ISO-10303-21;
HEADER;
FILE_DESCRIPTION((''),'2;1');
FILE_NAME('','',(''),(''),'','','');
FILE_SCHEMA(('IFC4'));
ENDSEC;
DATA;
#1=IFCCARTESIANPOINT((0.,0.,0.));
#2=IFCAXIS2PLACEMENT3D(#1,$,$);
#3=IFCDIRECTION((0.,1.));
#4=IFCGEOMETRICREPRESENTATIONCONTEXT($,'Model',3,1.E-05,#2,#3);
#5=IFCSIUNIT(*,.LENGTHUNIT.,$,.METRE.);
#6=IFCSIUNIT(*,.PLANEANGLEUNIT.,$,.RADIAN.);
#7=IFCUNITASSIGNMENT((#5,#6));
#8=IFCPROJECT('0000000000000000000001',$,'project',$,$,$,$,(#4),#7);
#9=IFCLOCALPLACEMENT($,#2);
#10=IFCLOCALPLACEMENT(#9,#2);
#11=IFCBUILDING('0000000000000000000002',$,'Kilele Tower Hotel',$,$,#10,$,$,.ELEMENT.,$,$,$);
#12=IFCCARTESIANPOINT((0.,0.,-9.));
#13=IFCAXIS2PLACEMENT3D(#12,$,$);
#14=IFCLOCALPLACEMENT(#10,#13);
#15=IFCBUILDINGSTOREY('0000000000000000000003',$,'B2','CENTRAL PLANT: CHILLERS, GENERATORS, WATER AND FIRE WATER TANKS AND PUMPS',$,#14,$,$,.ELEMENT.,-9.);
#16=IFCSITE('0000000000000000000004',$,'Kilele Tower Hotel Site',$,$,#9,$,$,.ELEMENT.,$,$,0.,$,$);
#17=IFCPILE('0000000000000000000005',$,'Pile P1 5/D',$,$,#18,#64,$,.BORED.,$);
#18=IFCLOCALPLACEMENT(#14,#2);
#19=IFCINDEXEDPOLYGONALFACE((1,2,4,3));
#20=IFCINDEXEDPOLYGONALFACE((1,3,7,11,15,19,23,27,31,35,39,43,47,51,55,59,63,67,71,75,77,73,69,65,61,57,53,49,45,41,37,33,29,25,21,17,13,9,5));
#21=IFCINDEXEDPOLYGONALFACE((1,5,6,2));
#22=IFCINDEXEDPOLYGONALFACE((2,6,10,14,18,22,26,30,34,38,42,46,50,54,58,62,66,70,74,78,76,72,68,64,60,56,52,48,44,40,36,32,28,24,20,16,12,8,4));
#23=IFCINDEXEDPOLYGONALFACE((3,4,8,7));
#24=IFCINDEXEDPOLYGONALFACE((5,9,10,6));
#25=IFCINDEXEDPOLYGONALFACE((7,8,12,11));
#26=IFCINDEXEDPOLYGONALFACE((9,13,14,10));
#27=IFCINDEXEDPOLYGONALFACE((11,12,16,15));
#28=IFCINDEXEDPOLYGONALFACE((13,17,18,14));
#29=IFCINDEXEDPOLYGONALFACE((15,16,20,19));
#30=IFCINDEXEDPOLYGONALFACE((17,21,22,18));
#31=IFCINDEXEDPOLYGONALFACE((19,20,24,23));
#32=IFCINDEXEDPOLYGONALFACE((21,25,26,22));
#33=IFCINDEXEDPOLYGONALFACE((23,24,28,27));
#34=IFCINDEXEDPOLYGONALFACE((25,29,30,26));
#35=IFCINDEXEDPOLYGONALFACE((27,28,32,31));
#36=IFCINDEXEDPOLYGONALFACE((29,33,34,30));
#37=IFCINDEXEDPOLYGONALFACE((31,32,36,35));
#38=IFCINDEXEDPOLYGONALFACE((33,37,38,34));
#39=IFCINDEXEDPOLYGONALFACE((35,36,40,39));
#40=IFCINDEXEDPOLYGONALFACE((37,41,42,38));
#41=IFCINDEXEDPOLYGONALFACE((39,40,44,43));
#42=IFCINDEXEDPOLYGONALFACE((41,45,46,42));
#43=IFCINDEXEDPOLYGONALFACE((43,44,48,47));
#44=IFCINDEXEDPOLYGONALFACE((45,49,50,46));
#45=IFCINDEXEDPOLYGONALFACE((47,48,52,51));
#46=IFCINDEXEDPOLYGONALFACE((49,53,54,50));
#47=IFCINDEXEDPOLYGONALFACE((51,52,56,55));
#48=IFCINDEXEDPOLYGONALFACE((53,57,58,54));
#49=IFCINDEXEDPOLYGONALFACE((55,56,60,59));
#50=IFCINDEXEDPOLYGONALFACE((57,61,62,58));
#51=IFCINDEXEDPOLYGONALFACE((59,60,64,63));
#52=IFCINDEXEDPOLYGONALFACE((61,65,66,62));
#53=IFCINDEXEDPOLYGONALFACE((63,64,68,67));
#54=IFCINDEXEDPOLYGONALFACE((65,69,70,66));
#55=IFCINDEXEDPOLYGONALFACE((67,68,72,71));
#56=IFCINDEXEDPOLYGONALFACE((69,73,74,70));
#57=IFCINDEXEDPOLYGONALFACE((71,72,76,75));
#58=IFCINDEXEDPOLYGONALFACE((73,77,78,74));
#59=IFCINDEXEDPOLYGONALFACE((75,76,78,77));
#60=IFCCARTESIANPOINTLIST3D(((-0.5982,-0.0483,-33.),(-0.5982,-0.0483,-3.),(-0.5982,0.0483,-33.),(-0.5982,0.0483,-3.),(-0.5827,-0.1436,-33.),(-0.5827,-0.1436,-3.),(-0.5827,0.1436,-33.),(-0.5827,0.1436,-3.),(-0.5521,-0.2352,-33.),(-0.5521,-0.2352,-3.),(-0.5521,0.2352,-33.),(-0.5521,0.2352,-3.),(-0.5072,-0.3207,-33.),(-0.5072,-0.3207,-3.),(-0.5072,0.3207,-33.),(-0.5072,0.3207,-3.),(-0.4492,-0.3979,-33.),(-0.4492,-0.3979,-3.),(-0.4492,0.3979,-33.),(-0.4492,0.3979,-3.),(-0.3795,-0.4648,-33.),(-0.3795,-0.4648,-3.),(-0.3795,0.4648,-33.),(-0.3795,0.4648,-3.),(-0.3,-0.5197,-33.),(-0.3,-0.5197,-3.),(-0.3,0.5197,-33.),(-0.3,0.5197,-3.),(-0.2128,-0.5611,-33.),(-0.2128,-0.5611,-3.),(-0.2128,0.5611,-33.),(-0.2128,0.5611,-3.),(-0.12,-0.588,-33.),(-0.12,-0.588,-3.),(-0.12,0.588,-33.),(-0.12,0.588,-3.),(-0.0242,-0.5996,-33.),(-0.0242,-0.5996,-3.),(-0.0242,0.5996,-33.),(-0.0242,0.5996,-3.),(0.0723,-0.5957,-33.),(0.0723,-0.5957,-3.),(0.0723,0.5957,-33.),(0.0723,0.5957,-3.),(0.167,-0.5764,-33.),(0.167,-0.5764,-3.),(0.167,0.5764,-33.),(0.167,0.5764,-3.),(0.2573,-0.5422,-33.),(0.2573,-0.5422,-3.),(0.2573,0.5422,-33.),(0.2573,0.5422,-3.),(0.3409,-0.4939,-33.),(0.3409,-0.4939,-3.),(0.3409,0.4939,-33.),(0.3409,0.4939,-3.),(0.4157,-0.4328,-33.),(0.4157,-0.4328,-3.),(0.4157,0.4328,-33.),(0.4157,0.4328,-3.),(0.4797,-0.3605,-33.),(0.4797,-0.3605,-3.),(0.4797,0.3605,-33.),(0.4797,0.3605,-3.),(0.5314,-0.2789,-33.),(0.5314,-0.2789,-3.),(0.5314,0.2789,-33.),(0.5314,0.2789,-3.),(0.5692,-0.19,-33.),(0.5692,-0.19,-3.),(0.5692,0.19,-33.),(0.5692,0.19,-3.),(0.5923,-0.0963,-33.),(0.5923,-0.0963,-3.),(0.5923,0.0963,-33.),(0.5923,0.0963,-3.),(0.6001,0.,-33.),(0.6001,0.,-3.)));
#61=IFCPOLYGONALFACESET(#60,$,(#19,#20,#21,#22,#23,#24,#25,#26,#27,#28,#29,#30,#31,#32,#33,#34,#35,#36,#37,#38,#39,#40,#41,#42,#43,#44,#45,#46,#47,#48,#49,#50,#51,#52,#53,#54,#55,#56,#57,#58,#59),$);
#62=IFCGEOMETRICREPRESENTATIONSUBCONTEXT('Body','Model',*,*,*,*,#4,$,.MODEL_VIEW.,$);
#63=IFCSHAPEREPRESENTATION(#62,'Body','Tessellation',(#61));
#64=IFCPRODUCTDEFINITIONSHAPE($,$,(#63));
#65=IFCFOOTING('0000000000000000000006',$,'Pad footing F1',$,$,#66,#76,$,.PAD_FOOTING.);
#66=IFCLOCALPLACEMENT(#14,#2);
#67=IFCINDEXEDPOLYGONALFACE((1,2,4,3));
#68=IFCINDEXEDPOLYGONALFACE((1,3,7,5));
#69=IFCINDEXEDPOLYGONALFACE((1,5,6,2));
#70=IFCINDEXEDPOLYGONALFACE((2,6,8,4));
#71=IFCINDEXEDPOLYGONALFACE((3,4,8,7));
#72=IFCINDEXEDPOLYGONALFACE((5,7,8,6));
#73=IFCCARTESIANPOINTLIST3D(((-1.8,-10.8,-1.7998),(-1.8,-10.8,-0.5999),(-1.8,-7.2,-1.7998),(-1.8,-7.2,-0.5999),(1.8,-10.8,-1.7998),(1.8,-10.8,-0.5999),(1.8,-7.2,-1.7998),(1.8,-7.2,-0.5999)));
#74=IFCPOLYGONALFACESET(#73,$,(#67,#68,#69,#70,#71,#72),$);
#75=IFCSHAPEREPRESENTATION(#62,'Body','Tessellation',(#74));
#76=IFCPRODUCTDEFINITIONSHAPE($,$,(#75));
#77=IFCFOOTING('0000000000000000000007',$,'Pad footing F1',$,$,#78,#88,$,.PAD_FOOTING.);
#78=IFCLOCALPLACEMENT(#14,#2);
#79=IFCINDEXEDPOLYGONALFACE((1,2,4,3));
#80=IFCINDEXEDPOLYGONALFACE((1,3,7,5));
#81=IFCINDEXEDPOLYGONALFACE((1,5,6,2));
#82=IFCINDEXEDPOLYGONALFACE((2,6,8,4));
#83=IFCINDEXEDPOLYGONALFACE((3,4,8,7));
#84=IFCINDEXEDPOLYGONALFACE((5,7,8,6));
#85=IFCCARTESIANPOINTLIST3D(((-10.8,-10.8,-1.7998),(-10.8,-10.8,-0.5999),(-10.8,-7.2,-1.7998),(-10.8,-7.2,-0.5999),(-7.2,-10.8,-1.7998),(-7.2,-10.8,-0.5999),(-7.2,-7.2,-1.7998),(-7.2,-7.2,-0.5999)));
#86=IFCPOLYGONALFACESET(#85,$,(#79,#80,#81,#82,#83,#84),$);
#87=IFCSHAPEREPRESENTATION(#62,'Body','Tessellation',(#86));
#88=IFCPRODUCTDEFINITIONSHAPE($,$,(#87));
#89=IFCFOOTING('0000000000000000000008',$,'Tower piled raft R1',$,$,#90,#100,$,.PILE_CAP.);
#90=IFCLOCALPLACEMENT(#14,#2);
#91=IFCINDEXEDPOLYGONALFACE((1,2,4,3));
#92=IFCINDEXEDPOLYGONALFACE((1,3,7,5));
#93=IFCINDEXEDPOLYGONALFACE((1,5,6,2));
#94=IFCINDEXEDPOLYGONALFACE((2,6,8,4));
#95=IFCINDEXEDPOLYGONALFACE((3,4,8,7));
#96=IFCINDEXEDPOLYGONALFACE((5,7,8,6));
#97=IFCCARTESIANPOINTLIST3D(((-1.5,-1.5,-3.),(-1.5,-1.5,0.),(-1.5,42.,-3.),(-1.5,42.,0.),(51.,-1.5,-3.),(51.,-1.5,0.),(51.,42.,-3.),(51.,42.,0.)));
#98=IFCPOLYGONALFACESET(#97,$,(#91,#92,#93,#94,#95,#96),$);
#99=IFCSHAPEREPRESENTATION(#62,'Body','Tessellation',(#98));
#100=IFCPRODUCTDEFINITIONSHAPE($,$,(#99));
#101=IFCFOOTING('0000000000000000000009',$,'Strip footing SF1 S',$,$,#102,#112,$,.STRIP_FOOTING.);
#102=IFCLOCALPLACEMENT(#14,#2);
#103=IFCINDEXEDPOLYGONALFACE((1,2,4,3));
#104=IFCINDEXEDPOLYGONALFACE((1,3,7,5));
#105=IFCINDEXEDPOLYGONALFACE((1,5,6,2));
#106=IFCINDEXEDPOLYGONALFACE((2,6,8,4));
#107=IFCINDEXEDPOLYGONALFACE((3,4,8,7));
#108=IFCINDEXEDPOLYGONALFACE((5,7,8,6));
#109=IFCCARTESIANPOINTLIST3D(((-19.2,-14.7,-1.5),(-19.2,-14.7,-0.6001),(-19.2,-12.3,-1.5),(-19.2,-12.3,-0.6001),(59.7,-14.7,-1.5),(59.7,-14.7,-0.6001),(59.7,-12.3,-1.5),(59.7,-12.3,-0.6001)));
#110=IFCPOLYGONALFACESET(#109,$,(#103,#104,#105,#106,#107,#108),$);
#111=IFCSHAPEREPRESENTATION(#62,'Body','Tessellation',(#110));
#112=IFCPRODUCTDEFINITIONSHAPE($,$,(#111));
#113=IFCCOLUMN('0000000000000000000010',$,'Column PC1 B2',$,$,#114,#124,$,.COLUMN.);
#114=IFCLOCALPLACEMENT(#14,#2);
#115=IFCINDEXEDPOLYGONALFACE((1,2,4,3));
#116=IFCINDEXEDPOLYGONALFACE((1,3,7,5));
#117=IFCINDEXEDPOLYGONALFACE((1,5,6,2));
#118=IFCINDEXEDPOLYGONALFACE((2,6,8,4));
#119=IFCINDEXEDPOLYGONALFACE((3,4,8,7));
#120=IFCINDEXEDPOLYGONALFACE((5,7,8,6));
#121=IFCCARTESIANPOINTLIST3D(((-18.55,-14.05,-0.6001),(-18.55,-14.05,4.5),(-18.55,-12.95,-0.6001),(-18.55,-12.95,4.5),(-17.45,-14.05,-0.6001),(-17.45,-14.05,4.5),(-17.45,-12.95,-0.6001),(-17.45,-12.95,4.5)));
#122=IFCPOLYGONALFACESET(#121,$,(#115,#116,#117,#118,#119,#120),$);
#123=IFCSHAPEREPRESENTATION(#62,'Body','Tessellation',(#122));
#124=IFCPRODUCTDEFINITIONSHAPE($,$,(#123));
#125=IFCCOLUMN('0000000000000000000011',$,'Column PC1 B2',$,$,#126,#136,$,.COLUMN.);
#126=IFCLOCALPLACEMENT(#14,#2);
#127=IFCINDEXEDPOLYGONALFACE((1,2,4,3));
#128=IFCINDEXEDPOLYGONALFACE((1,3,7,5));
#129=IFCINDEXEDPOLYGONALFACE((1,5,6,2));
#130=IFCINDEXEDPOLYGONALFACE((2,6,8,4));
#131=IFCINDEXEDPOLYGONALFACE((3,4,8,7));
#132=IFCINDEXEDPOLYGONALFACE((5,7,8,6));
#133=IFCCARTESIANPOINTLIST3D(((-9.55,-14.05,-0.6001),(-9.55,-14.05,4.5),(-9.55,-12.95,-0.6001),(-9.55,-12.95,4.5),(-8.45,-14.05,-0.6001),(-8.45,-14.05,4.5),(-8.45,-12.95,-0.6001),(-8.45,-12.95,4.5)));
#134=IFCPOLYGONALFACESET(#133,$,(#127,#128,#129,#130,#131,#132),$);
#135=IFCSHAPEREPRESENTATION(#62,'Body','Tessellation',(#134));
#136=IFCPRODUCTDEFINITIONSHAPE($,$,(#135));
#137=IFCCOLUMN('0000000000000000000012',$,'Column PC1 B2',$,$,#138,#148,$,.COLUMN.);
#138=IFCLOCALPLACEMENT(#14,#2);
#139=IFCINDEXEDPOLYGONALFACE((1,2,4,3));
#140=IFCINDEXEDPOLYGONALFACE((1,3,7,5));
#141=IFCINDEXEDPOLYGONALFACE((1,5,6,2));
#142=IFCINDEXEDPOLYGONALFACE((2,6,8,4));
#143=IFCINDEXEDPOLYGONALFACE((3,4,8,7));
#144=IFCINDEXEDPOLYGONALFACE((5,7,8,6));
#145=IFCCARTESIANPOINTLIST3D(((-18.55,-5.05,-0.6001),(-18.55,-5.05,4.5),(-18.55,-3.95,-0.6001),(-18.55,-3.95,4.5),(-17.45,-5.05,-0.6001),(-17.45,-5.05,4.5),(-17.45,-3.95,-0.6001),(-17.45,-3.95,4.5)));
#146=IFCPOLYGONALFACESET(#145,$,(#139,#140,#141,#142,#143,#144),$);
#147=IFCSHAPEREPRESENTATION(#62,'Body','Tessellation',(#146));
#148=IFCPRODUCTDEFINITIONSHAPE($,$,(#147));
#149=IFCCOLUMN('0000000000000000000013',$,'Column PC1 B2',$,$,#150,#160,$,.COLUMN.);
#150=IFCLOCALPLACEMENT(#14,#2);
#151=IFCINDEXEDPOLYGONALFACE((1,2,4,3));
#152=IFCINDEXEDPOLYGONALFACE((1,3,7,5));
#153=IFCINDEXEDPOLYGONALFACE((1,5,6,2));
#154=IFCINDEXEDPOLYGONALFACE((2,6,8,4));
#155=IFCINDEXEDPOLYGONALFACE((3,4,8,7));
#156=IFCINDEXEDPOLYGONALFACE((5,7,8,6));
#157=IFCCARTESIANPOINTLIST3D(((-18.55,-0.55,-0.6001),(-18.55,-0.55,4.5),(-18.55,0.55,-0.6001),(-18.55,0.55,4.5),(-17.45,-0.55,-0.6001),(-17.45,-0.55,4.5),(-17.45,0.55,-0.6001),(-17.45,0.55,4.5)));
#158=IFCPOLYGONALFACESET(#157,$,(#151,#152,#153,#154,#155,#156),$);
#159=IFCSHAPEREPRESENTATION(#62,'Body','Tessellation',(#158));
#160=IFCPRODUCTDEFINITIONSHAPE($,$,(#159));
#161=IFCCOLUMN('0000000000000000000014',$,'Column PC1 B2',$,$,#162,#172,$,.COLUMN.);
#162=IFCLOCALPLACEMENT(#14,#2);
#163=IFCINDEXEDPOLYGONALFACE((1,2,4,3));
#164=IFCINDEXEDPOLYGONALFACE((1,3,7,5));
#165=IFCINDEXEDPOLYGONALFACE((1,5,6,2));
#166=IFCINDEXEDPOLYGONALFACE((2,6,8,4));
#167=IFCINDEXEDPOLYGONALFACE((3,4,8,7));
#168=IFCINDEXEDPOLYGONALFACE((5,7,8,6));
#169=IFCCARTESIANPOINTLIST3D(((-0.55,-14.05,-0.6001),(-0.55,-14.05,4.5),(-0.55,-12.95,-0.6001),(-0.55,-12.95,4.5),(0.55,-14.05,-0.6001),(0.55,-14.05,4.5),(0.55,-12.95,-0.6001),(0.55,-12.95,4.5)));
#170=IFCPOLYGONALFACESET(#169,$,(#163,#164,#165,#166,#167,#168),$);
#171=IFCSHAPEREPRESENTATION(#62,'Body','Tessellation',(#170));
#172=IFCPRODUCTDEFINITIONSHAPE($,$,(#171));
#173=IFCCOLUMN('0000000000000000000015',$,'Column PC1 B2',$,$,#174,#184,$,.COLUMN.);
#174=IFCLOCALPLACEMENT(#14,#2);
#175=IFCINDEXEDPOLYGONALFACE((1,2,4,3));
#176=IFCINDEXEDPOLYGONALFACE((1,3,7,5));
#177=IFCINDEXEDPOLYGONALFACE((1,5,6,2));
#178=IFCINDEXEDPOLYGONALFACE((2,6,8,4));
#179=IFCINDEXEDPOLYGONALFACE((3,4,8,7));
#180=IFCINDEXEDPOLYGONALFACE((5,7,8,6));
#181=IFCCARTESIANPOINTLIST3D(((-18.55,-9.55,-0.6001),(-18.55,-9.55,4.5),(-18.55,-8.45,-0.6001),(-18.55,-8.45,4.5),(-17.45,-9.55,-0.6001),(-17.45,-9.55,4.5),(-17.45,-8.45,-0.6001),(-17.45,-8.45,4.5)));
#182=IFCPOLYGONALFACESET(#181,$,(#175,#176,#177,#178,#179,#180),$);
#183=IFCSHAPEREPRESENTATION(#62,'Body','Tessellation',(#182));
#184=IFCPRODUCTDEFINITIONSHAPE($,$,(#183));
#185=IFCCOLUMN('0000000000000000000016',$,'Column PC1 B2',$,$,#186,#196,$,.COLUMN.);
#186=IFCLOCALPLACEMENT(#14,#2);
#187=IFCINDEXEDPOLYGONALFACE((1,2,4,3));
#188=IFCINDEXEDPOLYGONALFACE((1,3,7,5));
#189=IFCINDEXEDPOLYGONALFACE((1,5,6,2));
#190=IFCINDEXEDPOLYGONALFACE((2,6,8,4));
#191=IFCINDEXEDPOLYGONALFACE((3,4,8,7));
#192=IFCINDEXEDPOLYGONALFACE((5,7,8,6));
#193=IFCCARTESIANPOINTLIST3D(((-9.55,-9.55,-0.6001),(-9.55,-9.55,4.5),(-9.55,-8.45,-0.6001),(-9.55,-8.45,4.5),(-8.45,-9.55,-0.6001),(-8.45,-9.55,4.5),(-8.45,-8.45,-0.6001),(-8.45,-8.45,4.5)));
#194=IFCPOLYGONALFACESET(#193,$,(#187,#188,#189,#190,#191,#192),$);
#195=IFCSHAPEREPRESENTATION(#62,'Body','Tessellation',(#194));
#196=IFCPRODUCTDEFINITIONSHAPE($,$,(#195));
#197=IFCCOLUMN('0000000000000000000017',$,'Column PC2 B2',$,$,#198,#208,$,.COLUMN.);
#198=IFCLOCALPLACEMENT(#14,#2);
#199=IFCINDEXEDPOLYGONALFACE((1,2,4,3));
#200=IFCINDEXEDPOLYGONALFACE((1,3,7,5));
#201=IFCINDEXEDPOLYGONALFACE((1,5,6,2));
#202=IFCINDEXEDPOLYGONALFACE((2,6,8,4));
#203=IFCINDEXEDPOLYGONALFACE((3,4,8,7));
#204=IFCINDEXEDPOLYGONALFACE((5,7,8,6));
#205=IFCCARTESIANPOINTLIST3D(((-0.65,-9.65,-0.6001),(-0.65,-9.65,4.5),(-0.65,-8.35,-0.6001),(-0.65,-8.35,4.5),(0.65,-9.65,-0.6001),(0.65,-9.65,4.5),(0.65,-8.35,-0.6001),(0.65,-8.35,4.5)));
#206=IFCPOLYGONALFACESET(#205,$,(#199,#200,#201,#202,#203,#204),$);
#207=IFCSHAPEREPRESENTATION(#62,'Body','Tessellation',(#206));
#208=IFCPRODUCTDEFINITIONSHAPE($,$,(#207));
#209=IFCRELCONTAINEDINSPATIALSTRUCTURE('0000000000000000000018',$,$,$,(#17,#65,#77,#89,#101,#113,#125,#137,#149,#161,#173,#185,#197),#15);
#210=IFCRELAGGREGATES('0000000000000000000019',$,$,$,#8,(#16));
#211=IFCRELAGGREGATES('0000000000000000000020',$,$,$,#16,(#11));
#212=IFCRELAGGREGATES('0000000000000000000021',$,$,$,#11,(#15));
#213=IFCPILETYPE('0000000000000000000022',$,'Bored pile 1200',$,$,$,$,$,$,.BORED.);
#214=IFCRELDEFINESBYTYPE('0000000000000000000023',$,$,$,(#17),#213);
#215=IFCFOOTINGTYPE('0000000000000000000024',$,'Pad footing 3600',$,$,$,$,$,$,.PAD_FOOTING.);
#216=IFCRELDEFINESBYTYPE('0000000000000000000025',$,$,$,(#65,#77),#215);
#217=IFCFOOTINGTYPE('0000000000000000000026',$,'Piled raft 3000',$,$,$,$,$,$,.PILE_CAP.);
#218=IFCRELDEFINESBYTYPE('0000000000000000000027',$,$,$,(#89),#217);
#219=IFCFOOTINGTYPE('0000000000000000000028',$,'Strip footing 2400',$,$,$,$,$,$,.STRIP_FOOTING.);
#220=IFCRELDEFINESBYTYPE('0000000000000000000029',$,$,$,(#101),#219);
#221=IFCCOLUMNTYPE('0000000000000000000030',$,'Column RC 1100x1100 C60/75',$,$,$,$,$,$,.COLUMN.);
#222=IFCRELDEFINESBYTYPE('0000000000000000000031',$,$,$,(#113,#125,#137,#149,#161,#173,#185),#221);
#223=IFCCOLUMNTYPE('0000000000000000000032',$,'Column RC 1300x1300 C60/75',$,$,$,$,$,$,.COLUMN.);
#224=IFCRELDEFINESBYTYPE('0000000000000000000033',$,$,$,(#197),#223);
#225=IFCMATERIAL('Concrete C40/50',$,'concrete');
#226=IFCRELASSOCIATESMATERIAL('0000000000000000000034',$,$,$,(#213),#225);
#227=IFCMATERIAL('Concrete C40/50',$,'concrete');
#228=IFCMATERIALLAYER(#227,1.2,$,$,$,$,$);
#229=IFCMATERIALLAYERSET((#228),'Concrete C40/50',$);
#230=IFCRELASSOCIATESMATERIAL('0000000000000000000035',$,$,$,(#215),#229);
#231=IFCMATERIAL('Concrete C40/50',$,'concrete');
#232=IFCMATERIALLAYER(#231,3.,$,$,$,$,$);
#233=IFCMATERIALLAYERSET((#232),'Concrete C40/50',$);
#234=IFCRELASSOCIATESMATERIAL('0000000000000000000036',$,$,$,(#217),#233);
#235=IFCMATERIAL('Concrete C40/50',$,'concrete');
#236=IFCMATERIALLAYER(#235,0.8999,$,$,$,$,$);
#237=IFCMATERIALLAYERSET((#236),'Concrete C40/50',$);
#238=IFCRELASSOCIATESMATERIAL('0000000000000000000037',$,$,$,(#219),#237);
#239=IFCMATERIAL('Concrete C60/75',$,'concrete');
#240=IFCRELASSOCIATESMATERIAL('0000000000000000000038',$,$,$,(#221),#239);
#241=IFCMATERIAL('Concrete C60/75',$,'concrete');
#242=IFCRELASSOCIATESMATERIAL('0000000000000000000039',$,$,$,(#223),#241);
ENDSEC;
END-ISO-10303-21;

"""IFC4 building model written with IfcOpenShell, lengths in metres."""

from ifc_helpers import new_model, si_unit, direction, frame, origin, origin_2d, place, context, subcontext, project, spatial, polyline, rectangle, circle, outline, extrude, material, layer, layer_set, material_profile, profile_set, type_object, element, save


model = new_model("IFC4")

# Units and contexts
model_context = context("Model", 3, precision=1e-05, world=origin(), true_north=direction((0.0, 1.0)))
body_context = subcontext(model_context, "Body", "Model", "MODEL_VIEW")
ifc_project = project(units=[si_unit("LENGTHUNIT", "METRE"), si_unit("PLANEANGLEUNIT", "RADIAN")], contexts=[model_context])

# Site, building, storey
site_placement = place(None, origin())
site = spatial("IfcSite", under=ifc_project, at=site_placement, Name="Kilele Tower Hotel Site", CompositionType="ELEMENT", RefElevation=0.0)
building_placement = place(site_placement, origin())
building = spatial("IfcBuilding", under=site, at=building_placement, Name="Kilele Tower Hotel", CompositionType="ELEMENT")
storey_placement = place(building_placement, frame((0.0, 0.0, -9.0)))
storey = spatial("IfcBuildingStorey", under=building, at=storey_placement, Name="B2", Description="CENTRAL PLANT: CHILLERS, GENERATORS, WATER AND FIRE WATER TANKS AND PUMPS", CompositionType="ELEMENT", Elevation=-9.0)

# Pile
ifc_material_1 = material(Name="Concrete C40/50", Category="concrete")
ifc_material_profile_1 = material_profile(ifc_material_1, circle(Radius=0.6001, at=origin_2d()))
ifc_profile_set_1 = profile_set([ifc_material_profile_1], Name="Concrete C40/50")
pile_type = type_object("IfcPileType", Name="Bored pile 1200", PredefinedType="BORED", material=ifc_profile_set_1)
pile_placement = place(storey_placement, frame((0.0, 0.0, -3.0), z_axis=(0.0, 0.0, -1.0), x_axis=(1.0, 0.0, 0.0)))
element("IfcPile", 1, at=pile_placement, inside=storey, type_object=pile_type, Name="Pile P1 5/D", PredefinedType="BORED", context=body_context, shape_type="SweptSolid", body=[
    extrude(circle(Radius=0.6001, at=origin_2d()), origin(), (0.0, 0.0, 1.0), 30.0),
])

# Footings
ifc_material_2 = material(Name="Concrete C40/50", Category="concrete")
ifc_layer_1 = layer(ifc_material_2, 1.2)
ifc_layer_set_1 = layer_set([ifc_layer_1], Name="Concrete C40/50")
footing_type_1 = type_object("IfcFootingType", Name="Pad footing 3600", PredefinedType="PAD_FOOTING", material=ifc_layer_set_1)
for number, where, z_axis, x_axis, name in (
    (2, (0.0, -9.0, -1.7998), (0.0, 0.0, 1.0), (1.0, 0.0, 0.0), "Pad footing F1"),
    (3, (-9.0, -9.0, -1.7998), (0.0, 0.0, 1.0), (1.0, 0.0, 0.0), "Pad footing F1"),
):
    element("IfcFooting", number, at=place(storey_placement, frame(where, z_axis=z_axis, x_axis=x_axis)), inside=storey, type_object=footing_type_1, Name=name, PredefinedType="PAD_FOOTING", context=body_context, shape_type="SweptSolid", body=[
        extrude(rectangle(XDim=3.6001, YDim=3.6001, at=origin_2d()), origin(), (0.0, 0.0, 1.0), 1.2),
    ])
ifc_material_3 = material(Name="Concrete C40/50", Category="concrete")
ifc_layer_2 = layer(ifc_material_3, 3.0)
ifc_layer_set_2 = layer_set([ifc_layer_2], Name="Concrete C40/50")
footing_type_2 = type_object("IfcFootingType", Name="Piled raft 3000", PredefinedType="PILE_CAP", material=ifc_layer_set_2)
footing_1_placement = place(storey_placement, frame((0.0, 0.0, -3.0)))
element("IfcFooting", 4, at=footing_1_placement, inside=storey, type_object=footing_type_2, Name="Tower piled raft R1", PredefinedType="PILE_CAP", context=body_context, shape_type="SweptSolid", body=[
    extrude(outline(polyline([(-1.5, -1.5), (51.0, -1.5), (51.0, 42.0), (-1.5, 42.0), (-1.5, -1.5)])), origin(), (0.0, 0.0, 1.0), 3.0),
])
ifc_material_4 = material(Name="Concrete C40/50", Category="concrete")
ifc_layer_3 = layer(ifc_material_4, 0.8999)
ifc_layer_set_3 = layer_set([ifc_layer_3], Name="Concrete C40/50")
footing_type_3 = type_object("IfcFootingType", Name="Strip footing 2400", PredefinedType="STRIP_FOOTING", material=ifc_layer_set_3)
footing_2_placement = place(storey_placement, frame((0.0, 0.0, -1.5)))
element("IfcFooting", 5, at=footing_2_placement, inside=storey, type_object=footing_type_3, Name="Strip footing SF1 S", PredefinedType="STRIP_FOOTING", context=body_context, shape_type="SweptSolid", body=[
    extrude(outline(polyline([(-19.2, -14.7), (59.7, -14.7), (59.7, -12.3), (-19.2, -12.3), (-19.2, -14.7)])), origin(), (0.0, 0.0, 1.0), 0.8999),
])

# Columns
ifc_material_5 = material(Name="Concrete C60/75", Category="concrete")
ifc_material_profile_2 = material_profile(ifc_material_5, rectangle(XDim=1.1001, YDim=1.1001, at=origin_2d()))
ifc_profile_set_2 = profile_set([ifc_material_profile_2], Name="Concrete C60/75")
column_type_1 = type_object("IfcColumnType", Name="Column RC 1100x1100 C60/75", PredefinedType="COLUMN", material=ifc_profile_set_2)
for number, where, z_axis, x_axis, name in (
    (6, (-18.0, -13.5, -0.6001), (0.0, 0.0, 1.0), (1.0, 0.0, 0.0), "Column PC1 B2"),
    (7, (-9.0, -13.5, -0.6001), (0.0, 0.0, 1.0), (1.0, 0.0, 0.0), "Column PC1 B2"),
    (8, (-18.0, -4.5, -0.6001), (0.0, 0.0, 1.0), (1.0, 0.0, 0.0), "Column PC1 B2"),
    (9, (-18.0, 0.0, -0.6001), (0.0, 0.0, 1.0), (1.0, 0.0, 0.0), "Column PC1 B2"),
    (10, (0.0, -13.5, -0.6001), (0.0, 0.0, 1.0), (1.0, 0.0, 0.0), "Column PC1 B2"),
    (11, (-18.0, -9.0, -0.6001), (0.0, 0.0, 1.0), (1.0, 0.0, 0.0), "Column PC1 B2"),
    (12, (-9.0, -9.0, -0.6001), (0.0, 0.0, 1.0), (1.0, 0.0, 0.0), "Column PC1 B2"),
):
    element("IfcColumn", number, at=place(storey_placement, frame(where, z_axis=z_axis, x_axis=x_axis)), inside=storey, type_object=column_type_1, Name=name, PredefinedType="COLUMN", context=body_context, shape_type="SweptSolid", body=[
        extrude(rectangle(XDim=1.1001, YDim=1.1001, at=origin_2d()), origin(), (0.0, 0.0, 1.0), 5.1001),
    ])
ifc_material_6 = material(Name="Concrete C60/75", Category="concrete")
ifc_material_profile_3 = material_profile(ifc_material_6, rectangle(XDim=1.3, YDim=1.3, at=origin_2d()))
ifc_profile_set_3 = profile_set([ifc_material_profile_3], Name="Concrete C60/75")
column_type_2 = type_object("IfcColumnType", Name="Column RC 1300x1300 C60/75", PredefinedType="COLUMN", material=ifc_profile_set_3)
column_placement = place(storey_placement, frame((0.0, -9.0, -0.6001), z_axis=(0.0, 0.0, 1.0), x_axis=(1.0, 0.0, 0.0)))
element("IfcColumn", 13, at=column_placement, inside=storey, type_object=column_type_2, Name="Column PC2 B2", PredefinedType="COLUMN", context=body_context, shape_type="SweptSolid", body=[
    extrude(rectangle(XDim=1.3, YDim=1.3, at=origin_2d()), origin(), (0.0, 0.0, 1.0), 5.1001),
])

save(model, "model.ifc")
